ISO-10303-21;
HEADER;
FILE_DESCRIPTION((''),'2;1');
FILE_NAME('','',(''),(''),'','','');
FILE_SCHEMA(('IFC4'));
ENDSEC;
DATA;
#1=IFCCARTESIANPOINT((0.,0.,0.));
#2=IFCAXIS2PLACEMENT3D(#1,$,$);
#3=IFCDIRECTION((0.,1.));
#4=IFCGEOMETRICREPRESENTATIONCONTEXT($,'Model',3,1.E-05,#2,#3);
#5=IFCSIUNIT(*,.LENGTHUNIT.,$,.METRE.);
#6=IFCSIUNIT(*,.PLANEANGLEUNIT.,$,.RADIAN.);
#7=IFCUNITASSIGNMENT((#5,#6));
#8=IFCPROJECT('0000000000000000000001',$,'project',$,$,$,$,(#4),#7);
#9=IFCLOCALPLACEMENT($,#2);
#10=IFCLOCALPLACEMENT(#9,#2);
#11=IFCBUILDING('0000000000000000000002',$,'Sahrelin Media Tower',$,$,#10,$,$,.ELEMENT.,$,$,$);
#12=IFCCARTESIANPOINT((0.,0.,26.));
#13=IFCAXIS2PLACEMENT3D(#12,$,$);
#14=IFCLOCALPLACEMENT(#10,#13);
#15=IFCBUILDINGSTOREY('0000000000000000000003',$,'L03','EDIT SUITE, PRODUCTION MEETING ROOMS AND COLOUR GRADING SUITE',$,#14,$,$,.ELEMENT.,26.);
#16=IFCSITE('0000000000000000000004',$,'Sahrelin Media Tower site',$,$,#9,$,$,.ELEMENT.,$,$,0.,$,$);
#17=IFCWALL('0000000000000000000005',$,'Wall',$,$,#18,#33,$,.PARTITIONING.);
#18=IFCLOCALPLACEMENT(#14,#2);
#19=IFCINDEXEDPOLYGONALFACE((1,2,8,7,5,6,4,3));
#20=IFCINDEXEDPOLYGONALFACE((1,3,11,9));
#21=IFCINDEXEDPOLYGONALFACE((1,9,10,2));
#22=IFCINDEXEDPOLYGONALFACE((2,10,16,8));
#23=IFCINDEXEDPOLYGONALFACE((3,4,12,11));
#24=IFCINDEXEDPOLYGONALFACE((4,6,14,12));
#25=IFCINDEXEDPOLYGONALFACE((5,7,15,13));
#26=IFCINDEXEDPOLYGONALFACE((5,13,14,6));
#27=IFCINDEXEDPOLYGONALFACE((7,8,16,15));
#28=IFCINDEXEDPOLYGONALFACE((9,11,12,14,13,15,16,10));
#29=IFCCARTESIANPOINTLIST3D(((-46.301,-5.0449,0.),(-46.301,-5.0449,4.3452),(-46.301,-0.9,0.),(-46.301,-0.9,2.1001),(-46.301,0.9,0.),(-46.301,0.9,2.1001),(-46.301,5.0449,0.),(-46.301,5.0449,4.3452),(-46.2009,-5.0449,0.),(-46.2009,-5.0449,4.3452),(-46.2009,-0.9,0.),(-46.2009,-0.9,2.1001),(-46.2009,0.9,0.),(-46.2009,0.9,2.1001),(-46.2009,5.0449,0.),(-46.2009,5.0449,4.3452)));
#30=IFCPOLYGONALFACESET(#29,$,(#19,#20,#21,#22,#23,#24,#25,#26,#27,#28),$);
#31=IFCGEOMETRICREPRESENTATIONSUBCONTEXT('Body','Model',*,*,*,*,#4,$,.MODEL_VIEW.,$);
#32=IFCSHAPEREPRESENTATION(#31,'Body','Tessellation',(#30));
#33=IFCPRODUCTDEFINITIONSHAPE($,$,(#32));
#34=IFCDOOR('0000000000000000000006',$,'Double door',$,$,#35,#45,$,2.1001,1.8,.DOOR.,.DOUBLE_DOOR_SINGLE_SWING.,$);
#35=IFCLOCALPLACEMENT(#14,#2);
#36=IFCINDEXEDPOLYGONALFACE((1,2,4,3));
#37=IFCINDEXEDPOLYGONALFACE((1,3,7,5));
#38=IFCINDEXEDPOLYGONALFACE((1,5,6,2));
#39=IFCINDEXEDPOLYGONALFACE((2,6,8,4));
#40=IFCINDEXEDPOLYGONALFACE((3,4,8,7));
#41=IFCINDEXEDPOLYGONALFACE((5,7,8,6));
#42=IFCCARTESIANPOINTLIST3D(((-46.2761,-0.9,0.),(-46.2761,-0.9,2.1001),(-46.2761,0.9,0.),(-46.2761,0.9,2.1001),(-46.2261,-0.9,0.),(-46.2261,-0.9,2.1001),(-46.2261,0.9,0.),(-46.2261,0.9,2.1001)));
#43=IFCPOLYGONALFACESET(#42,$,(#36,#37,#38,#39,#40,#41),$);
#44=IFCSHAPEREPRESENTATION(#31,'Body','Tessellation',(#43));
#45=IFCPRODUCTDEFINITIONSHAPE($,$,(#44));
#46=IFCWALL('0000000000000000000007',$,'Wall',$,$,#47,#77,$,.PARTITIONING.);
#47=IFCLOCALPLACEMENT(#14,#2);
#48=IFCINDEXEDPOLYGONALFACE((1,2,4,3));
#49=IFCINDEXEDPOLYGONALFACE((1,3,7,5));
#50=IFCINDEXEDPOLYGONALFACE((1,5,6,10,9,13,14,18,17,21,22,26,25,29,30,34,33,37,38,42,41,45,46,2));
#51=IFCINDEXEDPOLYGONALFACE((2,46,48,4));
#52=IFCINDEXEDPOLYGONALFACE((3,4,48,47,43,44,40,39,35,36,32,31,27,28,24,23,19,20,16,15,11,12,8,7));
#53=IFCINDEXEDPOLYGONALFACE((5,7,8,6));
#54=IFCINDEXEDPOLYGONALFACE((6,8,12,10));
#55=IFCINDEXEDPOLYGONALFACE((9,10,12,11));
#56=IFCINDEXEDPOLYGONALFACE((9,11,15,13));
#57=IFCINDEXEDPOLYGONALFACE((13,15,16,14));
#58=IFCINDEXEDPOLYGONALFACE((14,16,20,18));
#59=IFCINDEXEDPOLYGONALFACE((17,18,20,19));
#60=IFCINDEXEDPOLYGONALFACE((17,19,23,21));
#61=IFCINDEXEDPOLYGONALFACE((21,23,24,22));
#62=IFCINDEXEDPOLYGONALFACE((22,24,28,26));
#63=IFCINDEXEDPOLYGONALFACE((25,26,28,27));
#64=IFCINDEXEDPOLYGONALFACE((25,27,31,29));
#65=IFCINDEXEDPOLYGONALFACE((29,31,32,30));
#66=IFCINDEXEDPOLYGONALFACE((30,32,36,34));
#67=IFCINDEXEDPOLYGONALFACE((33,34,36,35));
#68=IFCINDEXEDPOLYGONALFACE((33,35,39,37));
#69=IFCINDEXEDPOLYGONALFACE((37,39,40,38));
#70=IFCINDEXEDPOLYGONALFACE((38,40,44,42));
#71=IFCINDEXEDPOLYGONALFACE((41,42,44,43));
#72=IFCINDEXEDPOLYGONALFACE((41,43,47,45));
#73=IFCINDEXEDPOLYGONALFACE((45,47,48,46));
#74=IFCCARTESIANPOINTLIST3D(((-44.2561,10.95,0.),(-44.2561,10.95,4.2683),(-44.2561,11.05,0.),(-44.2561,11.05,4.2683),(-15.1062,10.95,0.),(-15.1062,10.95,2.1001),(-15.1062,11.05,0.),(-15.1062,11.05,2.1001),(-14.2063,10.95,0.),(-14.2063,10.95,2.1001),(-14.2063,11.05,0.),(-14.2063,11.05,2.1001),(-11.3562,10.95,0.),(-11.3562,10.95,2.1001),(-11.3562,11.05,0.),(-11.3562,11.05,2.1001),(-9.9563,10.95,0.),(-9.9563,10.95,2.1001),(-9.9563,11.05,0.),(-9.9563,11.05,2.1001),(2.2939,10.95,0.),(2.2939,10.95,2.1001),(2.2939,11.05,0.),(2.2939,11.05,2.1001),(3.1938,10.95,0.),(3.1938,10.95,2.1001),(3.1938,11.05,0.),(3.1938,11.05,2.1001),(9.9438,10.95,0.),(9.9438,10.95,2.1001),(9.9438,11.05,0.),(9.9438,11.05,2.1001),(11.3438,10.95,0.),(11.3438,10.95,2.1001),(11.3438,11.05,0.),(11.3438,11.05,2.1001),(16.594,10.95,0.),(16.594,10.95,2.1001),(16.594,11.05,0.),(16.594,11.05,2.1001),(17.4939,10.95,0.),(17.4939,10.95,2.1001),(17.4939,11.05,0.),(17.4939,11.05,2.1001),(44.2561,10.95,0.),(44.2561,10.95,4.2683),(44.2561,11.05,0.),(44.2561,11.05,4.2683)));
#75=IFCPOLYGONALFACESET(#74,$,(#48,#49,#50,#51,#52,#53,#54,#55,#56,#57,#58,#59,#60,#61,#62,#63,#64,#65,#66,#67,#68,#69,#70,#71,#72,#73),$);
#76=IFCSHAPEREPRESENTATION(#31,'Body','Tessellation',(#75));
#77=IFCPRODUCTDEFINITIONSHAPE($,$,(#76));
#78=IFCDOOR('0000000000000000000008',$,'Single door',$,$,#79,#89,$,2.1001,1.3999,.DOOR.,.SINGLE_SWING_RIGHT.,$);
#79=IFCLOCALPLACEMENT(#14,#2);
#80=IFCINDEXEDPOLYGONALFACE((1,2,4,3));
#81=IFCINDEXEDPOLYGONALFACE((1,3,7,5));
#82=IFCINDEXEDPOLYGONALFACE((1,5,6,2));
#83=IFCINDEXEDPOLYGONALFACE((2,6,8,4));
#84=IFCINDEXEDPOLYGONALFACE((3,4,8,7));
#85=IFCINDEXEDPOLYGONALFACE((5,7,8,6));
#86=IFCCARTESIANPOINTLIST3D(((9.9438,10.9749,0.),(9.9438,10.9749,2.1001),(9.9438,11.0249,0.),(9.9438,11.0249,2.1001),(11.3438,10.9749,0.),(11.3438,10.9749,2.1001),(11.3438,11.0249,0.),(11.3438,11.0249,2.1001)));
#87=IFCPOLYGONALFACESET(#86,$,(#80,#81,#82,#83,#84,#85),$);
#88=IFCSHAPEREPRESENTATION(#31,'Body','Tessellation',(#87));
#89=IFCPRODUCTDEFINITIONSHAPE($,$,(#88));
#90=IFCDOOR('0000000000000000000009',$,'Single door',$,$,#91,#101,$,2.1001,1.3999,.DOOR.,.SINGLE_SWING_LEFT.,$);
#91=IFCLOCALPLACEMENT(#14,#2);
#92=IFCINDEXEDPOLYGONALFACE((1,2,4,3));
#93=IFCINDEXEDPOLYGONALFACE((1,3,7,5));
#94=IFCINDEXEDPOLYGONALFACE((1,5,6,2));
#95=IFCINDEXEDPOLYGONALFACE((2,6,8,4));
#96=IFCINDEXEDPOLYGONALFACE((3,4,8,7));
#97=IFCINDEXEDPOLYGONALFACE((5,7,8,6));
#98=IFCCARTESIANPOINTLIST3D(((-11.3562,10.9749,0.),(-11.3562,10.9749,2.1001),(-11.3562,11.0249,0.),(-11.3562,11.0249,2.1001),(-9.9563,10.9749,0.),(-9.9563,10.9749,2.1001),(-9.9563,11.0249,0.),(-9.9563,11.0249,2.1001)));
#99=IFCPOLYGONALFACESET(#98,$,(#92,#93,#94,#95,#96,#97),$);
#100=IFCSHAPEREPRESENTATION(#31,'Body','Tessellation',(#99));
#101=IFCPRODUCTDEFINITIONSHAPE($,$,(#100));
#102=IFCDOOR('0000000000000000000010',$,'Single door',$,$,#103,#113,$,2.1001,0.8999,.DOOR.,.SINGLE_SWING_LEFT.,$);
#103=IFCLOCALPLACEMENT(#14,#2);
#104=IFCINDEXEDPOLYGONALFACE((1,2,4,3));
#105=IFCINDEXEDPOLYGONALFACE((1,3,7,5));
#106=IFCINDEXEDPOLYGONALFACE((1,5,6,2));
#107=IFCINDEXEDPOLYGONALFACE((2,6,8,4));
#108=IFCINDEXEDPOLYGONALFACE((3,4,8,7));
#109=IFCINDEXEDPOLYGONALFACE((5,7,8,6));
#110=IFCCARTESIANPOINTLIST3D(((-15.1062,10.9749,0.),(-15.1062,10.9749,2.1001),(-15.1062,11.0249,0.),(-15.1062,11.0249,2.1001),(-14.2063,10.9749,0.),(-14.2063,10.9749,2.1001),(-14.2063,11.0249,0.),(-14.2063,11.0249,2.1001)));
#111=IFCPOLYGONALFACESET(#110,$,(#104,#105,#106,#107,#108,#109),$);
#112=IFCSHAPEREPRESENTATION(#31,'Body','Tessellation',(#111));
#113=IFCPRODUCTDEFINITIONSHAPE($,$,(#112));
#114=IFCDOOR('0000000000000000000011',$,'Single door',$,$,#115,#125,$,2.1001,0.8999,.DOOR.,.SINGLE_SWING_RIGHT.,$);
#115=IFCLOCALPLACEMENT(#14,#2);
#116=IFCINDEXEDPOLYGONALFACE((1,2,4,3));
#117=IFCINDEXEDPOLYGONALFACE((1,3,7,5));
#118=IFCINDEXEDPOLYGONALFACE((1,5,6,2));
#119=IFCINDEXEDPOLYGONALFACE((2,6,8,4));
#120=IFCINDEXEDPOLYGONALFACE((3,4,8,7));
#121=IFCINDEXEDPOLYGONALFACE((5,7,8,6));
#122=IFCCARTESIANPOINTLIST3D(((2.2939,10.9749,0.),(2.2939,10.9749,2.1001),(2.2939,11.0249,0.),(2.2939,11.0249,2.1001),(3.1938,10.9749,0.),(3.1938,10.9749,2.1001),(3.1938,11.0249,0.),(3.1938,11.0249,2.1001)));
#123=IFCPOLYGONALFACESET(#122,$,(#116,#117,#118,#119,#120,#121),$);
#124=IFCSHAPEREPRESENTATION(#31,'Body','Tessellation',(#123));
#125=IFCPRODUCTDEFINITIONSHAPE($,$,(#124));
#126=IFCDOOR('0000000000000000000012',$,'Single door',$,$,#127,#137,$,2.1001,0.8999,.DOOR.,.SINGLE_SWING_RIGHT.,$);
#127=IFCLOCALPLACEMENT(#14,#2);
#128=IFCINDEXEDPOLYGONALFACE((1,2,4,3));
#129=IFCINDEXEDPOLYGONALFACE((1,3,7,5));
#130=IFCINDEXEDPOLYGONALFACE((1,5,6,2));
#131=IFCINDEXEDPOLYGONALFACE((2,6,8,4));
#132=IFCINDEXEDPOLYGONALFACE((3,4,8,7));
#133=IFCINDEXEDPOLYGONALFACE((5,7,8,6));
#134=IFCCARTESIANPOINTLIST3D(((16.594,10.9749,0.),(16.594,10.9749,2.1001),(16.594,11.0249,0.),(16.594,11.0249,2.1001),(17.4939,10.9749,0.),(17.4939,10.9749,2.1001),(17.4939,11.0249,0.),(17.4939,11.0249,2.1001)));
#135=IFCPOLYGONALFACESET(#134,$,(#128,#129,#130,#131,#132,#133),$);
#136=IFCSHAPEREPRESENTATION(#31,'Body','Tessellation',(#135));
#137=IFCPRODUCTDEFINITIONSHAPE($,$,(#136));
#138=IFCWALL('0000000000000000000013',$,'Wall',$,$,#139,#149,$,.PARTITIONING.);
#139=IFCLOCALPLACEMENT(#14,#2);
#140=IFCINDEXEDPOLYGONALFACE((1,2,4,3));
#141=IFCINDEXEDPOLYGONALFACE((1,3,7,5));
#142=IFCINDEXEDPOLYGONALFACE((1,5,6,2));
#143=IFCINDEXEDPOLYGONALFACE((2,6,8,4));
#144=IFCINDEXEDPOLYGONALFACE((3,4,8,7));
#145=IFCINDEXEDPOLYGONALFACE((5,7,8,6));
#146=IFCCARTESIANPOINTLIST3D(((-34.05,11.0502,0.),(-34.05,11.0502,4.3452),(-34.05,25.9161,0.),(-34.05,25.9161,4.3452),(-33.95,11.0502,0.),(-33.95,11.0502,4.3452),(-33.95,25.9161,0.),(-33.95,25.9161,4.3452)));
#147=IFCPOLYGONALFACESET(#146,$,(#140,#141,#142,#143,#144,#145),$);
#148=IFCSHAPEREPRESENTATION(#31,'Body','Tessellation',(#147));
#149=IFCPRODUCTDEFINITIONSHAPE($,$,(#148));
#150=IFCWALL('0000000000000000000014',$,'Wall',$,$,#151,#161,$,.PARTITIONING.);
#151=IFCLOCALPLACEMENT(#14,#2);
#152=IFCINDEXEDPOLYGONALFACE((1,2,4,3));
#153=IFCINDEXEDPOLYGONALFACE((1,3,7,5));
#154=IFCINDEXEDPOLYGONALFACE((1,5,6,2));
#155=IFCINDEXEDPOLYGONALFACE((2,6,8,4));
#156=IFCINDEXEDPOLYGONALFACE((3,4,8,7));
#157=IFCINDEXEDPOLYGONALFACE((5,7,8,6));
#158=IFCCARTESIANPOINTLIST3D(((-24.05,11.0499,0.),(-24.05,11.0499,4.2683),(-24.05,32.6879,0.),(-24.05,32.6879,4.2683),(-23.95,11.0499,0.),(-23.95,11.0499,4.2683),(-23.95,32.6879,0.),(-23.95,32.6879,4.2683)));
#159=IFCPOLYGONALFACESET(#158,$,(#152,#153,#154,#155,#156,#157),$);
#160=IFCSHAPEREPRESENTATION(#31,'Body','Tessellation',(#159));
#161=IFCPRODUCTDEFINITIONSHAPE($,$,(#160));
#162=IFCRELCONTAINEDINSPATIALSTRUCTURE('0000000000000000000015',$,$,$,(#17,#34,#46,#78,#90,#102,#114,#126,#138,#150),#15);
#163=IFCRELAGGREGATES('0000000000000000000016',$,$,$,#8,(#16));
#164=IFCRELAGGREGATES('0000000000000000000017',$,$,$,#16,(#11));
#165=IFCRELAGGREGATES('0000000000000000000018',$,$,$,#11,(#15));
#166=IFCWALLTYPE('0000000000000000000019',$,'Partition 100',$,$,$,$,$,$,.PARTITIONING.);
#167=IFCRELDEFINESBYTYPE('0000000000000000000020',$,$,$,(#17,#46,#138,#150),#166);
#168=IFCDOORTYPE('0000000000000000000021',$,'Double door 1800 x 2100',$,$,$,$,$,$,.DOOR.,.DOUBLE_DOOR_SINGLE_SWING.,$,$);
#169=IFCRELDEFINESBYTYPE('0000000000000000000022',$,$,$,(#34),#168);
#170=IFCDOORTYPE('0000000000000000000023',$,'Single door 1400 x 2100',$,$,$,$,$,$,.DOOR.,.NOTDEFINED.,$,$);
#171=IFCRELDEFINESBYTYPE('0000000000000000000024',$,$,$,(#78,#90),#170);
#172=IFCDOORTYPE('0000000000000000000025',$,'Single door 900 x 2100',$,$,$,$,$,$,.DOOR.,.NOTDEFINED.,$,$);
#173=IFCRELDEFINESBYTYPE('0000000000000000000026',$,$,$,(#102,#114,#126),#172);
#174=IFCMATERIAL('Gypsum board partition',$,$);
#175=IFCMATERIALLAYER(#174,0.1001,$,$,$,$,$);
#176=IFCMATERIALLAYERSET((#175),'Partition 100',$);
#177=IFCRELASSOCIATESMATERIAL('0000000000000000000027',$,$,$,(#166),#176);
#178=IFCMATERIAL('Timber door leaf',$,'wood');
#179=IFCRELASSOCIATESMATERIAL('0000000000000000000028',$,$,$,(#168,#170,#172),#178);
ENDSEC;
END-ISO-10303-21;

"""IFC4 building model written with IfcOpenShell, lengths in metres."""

from ifc_helpers import new_model, si_unit, direction, frame, frame_2d, origin, place, context, subcontext, project, spatial, rectangle, extrude, material, layer, layer_set, type_object, element, fill, save


model = new_model("IFC4")

# Units and contexts
model_context = context("Model", 3, precision=1e-05, world=origin(), true_north=direction((0.0, 1.0)))
body_context = subcontext(model_context, "Body", "Model", "MODEL_VIEW")
ifc_project = project(units=[si_unit("LENGTHUNIT", "METRE"), si_unit("PLANEANGLEUNIT", "RADIAN")], contexts=[model_context])

# Site, building, storey
site_placement = place(None, origin())
site = spatial("IfcSite", under=ifc_project, at=site_placement, Name="Sahrelin Media Tower site", CompositionType="ELEMENT", RefElevation=0.0)
building_placement = place(site_placement, origin())
building = spatial("IfcBuilding", under=site, at=building_placement, Name="Sahrelin Media Tower", CompositionType="ELEMENT")
storey_placement = place(building_placement, frame((0.0, 0.0, 26.0)))
storey = spatial("IfcBuildingStorey", under=building, at=storey_placement, Name="L03", Description="EDIT SUITE, PRODUCTION MEETING ROOMS AND COLOUR GRADING SUITE", CompositionType="ELEMENT", Elevation=26.0)

# Shared definitions
ifc_material_1 = material(Name="Gypsum board partition")
ifc_layer_1 = layer(ifc_material_1, 0.1001)
ifc_layer_set_1 = layer_set([ifc_layer_1], Name="Partition 100")
wall_type = type_object("IfcWallType", Name="Partition 100", PredefinedType="PARTITIONING", material=ifc_layer_set_1)

# Wall, opening, door
wall_1_placement = place(storey_placement, frame((-46.251, 5.0449, 0.0), z_axis=(0.0, 0.0, 1.0), x_axis=(0.0, -1.0, 0.0)))
wall_1 = element("IfcWall", 1, at=wall_1_placement, inside=storey, type_object=wall_type, Name="Wall", PredefinedType="PARTITIONING", context=body_context, shape_type="SweptSolid", body=[
    extrude(rectangle(XDim=10.0898, YDim=0.1001, at=frame_2d((5.0449, 0.0))), origin(), (0.0, 0.0, 1.0), 4.3452),
])
opening_1_placement = place(wall_1_placement, frame((4.145, 0.0, 0.0)))
opening_1 = element("IfcOpeningElement", 2, at=opening_1_placement, cuts=wall_1, PredefinedType="OPENING", context=body_context, shape_type="SweptSolid", body=[
    extrude(rectangle(XDim=1.8, YDim=2.1001, at=frame_2d((0.8999, 1.05))), frame((0.0, 0.05, 0.0), z_axis=(0.0, -1.0, 0.0), x_axis=(1.0, 0.0, 0.0)), (0.0, 0.0, 1.0), 0.1001),
])
ifc_material_2 = material(Name="Timber door leaf", Category="wood")
door_type_1 = type_object("IfcDoorType", Name="Double door 1800 x 2100", OperationType="DOUBLE_DOOR_SINGLE_SWING", PredefinedType="DOOR", material=ifc_material_2)
door_1_placement = place(opening_1_placement, origin())
door_1 = element("IfcDoor", 3, at=door_1_placement, inside=storey, type_object=door_type_1, Name="Double door", OperationType="DOUBLE_DOOR_SINGLE_SWING", OverallHeight=2.1001, OverallWidth=1.8, PredefinedType="DOOR", context=body_context, shape_type="SweptSolid", body=[
    extrude(rectangle(XDim=1.8, YDim=2.1001, at=frame_2d((0.8999, 1.05))), frame((0.0, 0.0249, 0.0), z_axis=(0.0, -1.0, 0.0), x_axis=(1.0, 0.0, 0.0)), (0.0, 0.0, 1.0), 0.05),
])
fill(opening_1, door_1)

# Wall, openings, doors
wall_2_placement = place(storey_placement, frame((-44.2561, 11.0, 0.0), z_axis=(0.0, 0.0, 1.0), x_axis=(1.0, 0.0, 0.0)))
wall_2 = element("IfcWall", 4, at=wall_2_placement, inside=storey, type_object=wall_type, Name="Wall", PredefinedType="PARTITIONING", context=body_context, shape_type="SweptSolid", body=[
    extrude(rectangle(XDim=88.5122, YDim=0.1001, at=frame_2d((44.2561, 0.0))), origin(), (0.0, 0.0, 1.0), 4.2683),
])
opening_2_placement = place(wall_2_placement, frame((54.2, 0.0, 0.0)))
opening_2 = element("IfcOpeningElement", 5, at=opening_2_placement, cuts=wall_2, PredefinedType="OPENING", context=body_context, shape_type="SweptSolid", body=[
    extrude(rectangle(XDim=1.3999, YDim=2.1001, at=frame_2d((0.7, 1.05))), frame((0.0, 0.05, 0.0), z_axis=(0.0, -1.0, 0.0), x_axis=(1.0, 0.0, 0.0)), (0.0, 0.0, 1.0), 0.1001),
])
opening_3_placement = place(wall_2_placement, frame((32.8999, 0.0, 0.0)))
opening_3 = element("IfcOpeningElement", 6, at=opening_3_placement, cuts=wall_2, PredefinedType="OPENING", context=body_context, shape_type="SweptSolid", body=[
    extrude(rectangle(XDim=1.3999, YDim=2.1001, at=frame_2d((0.7, 1.05))), frame((0.0, 0.05, 0.0), z_axis=(0.0, -1.0, 0.0), x_axis=(1.0, 0.0, 0.0)), (0.0, 0.0, 1.0), 0.1001),
])
opening_4_placement = place(wall_2_placement, frame((29.1499, 0.0, 0.0)))
opening_4 = element("IfcOpeningElement", 7, at=opening_4_placement, cuts=wall_2, PredefinedType="OPENING", context=body_context, shape_type="SweptSolid", body=[
    extrude(rectangle(XDim=0.8999, YDim=2.1001, at=frame_2d((0.45, 1.05))), frame((0.0, 0.05, 0.0), z_axis=(0.0, -1.0, 0.0), x_axis=(1.0, 0.0, 0.0)), (0.0, 0.0, 1.0), 0.1001),
])
opening_5_placement = place(wall_2_placement, frame((46.55, 0.0, 0.0)))
opening_5 = element("IfcOpeningElement", 8, at=opening_5_placement, cuts=wall_2, PredefinedType="OPENING", context=body_context, shape_type="SweptSolid", body=[
    extrude(rectangle(XDim=0.8999, YDim=2.1001, at=frame_2d((0.45, 1.05))), frame((0.0, 0.05, 0.0), z_axis=(0.0, -1.0, 0.0), x_axis=(1.0, 0.0, 0.0)), (0.0, 0.0, 1.0), 0.1001),
])
opening_6_placement = place(wall_2_placement, frame((60.8501, 0.0, 0.0)))
opening_6 = element("IfcOpeningElement", 9, at=opening_6_placement, cuts=wall_2, PredefinedType="OPENING", context=body_context, shape_type="SweptSolid", body=[
    extrude(rectangle(XDim=0.8999, YDim=2.1001, at=frame_2d((0.45, 1.05))), frame((0.0, 0.05, 0.0), z_axis=(0.0, -1.0, 0.0), x_axis=(1.0, 0.0, 0.0)), (0.0, 0.0, 1.0), 0.1001),
])
door_type_2 = type_object("IfcDoorType", Name="Single door 1400 x 2100", OperationType="NOTDEFINED", PredefinedType="DOOR", material=ifc_material_2)
door_2_placement = place(opening_2_placement, origin())
door_2 = element("IfcDoor", 10, at=door_2_placement, inside=storey, type_object=door_type_2, Name="Single door", OperationType="SINGLE_SWING_RIGHT", OverallHeight=2.1001, OverallWidth=1.3999, PredefinedType="DOOR", context=body_context, shape_type="SweptSolid", body=[
    extrude(rectangle(XDim=1.3999, YDim=2.1001, at=frame_2d((0.7, 1.05))), frame((0.0, 0.0249, 0.0), z_axis=(0.0, -1.0, 0.0), x_axis=(1.0, 0.0, 0.0)), (0.0, 0.0, 1.0), 0.05),
])
fill(opening_2, door_2)
door_3_placement = place(opening_3_placement, origin())
door_3 = element("IfcDoor", 11, at=door_3_placement, inside=storey, type_object=door_type_2, Name="Single door", OperationType="SINGLE_SWING_LEFT", OverallHeight=2.1001, OverallWidth=1.3999, PredefinedType="DOOR", context=body_context, shape_type="SweptSolid", body=[
    extrude(rectangle(XDim=1.3999, YDim=2.1001, at=frame_2d((0.7, 1.05))), frame((0.0, 0.0249, 0.0), z_axis=(0.0, -1.0, 0.0), x_axis=(1.0, 0.0, 0.0)), (0.0, 0.0, 1.0), 0.05),
])
fill(opening_3, door_3)
door_type_3 = type_object("IfcDoorType", Name="Single door 900 x 2100", OperationType="NOTDEFINED", PredefinedType="DOOR", material=ifc_material_2)
door_4_placement = place(opening_4_placement, origin())
door_4 = element("IfcDoor", 12, at=door_4_placement, inside=storey, type_object=door_type_3, Name="Single door", OperationType="SINGLE_SWING_LEFT", OverallHeight=2.1001, OverallWidth=0.8999, PredefinedType="DOOR", context=body_context, shape_type="SweptSolid", body=[
    extrude(rectangle(XDim=0.8999, YDim=2.1001, at=frame_2d((0.45, 1.05))), frame((0.0, 0.0249, 0.0), z_axis=(0.0, -1.0, 0.0), x_axis=(1.0, 0.0, 0.0)), (0.0, 0.0, 1.0), 0.05),
])
fill(opening_4, door_4)
door_5_placement = place(opening_5_placement, origin())
door_5 = element("IfcDoor", 13, at=door_5_placement, inside=storey, type_object=door_type_3, Name="Single door", OperationType="SINGLE_SWING_RIGHT", OverallHeight=2.1001, OverallWidth=0.8999, PredefinedType="DOOR", context=body_context, shape_type="SweptSolid", body=[
    extrude(rectangle(XDim=0.8999, YDim=2.1001, at=frame_2d((0.45, 1.05))), frame((0.0, 0.0249, 0.0), z_axis=(0.0, -1.0, 0.0), x_axis=(1.0, 0.0, 0.0)), (0.0, 0.0, 1.0), 0.05),
])
fill(opening_5, door_5)
door_6_placement = place(opening_6_placement, origin())
door_6 = element("IfcDoor", 14, at=door_6_placement, inside=storey, type_object=door_type_3, Name="Single door", OperationType="SINGLE_SWING_RIGHT", OverallHeight=2.1001, OverallWidth=0.8999, PredefinedType="DOOR", context=body_context, shape_type="SweptSolid", body=[
    extrude(rectangle(XDim=0.8999, YDim=2.1001, at=frame_2d((0.45, 1.05))), frame((0.0, 0.0249, 0.0), z_axis=(0.0, -1.0, 0.0), x_axis=(1.0, 0.0, 0.0)), (0.0, 0.0, 1.0), 0.05),
])
fill(opening_6, door_6)

# Walls
wall_3_placement = place(storey_placement, frame((-34.0, 11.05, 0.0), z_axis=(0.0, 0.0, 1.0), x_axis=(0.0, 1.0, 0.0)))
element("IfcWall", 15, at=wall_3_placement, inside=storey, type_object=wall_type, Name="Wall", PredefinedType="PARTITIONING", context=body_context, shape_type="SweptSolid", body=[
    extrude(rectangle(XDim=14.866, YDim=0.1001, at=frame_2d((7.4331, 0.0))), origin(), (0.0, 0.0, 1.0), 4.3452),
])
wall_4_placement = place(storey_placement, frame((-24.0, 11.05, 0.0), z_axis=(0.0, 0.0, 1.0), x_axis=(0.0, 1.0, 0.0)))
element("IfcWall", 16, at=wall_4_placement, inside=storey, type_object=wall_type, Name="Wall", PredefinedType="PARTITIONING", context=body_context, shape_type="SweptSolid", body=[
    extrude(rectangle(XDim=21.6379, YDim=0.1001, at=frame_2d((10.8188, 0.0))), origin(), (0.0, 0.0, 1.0), 4.2683),
])

save(model, "model.ifc")
